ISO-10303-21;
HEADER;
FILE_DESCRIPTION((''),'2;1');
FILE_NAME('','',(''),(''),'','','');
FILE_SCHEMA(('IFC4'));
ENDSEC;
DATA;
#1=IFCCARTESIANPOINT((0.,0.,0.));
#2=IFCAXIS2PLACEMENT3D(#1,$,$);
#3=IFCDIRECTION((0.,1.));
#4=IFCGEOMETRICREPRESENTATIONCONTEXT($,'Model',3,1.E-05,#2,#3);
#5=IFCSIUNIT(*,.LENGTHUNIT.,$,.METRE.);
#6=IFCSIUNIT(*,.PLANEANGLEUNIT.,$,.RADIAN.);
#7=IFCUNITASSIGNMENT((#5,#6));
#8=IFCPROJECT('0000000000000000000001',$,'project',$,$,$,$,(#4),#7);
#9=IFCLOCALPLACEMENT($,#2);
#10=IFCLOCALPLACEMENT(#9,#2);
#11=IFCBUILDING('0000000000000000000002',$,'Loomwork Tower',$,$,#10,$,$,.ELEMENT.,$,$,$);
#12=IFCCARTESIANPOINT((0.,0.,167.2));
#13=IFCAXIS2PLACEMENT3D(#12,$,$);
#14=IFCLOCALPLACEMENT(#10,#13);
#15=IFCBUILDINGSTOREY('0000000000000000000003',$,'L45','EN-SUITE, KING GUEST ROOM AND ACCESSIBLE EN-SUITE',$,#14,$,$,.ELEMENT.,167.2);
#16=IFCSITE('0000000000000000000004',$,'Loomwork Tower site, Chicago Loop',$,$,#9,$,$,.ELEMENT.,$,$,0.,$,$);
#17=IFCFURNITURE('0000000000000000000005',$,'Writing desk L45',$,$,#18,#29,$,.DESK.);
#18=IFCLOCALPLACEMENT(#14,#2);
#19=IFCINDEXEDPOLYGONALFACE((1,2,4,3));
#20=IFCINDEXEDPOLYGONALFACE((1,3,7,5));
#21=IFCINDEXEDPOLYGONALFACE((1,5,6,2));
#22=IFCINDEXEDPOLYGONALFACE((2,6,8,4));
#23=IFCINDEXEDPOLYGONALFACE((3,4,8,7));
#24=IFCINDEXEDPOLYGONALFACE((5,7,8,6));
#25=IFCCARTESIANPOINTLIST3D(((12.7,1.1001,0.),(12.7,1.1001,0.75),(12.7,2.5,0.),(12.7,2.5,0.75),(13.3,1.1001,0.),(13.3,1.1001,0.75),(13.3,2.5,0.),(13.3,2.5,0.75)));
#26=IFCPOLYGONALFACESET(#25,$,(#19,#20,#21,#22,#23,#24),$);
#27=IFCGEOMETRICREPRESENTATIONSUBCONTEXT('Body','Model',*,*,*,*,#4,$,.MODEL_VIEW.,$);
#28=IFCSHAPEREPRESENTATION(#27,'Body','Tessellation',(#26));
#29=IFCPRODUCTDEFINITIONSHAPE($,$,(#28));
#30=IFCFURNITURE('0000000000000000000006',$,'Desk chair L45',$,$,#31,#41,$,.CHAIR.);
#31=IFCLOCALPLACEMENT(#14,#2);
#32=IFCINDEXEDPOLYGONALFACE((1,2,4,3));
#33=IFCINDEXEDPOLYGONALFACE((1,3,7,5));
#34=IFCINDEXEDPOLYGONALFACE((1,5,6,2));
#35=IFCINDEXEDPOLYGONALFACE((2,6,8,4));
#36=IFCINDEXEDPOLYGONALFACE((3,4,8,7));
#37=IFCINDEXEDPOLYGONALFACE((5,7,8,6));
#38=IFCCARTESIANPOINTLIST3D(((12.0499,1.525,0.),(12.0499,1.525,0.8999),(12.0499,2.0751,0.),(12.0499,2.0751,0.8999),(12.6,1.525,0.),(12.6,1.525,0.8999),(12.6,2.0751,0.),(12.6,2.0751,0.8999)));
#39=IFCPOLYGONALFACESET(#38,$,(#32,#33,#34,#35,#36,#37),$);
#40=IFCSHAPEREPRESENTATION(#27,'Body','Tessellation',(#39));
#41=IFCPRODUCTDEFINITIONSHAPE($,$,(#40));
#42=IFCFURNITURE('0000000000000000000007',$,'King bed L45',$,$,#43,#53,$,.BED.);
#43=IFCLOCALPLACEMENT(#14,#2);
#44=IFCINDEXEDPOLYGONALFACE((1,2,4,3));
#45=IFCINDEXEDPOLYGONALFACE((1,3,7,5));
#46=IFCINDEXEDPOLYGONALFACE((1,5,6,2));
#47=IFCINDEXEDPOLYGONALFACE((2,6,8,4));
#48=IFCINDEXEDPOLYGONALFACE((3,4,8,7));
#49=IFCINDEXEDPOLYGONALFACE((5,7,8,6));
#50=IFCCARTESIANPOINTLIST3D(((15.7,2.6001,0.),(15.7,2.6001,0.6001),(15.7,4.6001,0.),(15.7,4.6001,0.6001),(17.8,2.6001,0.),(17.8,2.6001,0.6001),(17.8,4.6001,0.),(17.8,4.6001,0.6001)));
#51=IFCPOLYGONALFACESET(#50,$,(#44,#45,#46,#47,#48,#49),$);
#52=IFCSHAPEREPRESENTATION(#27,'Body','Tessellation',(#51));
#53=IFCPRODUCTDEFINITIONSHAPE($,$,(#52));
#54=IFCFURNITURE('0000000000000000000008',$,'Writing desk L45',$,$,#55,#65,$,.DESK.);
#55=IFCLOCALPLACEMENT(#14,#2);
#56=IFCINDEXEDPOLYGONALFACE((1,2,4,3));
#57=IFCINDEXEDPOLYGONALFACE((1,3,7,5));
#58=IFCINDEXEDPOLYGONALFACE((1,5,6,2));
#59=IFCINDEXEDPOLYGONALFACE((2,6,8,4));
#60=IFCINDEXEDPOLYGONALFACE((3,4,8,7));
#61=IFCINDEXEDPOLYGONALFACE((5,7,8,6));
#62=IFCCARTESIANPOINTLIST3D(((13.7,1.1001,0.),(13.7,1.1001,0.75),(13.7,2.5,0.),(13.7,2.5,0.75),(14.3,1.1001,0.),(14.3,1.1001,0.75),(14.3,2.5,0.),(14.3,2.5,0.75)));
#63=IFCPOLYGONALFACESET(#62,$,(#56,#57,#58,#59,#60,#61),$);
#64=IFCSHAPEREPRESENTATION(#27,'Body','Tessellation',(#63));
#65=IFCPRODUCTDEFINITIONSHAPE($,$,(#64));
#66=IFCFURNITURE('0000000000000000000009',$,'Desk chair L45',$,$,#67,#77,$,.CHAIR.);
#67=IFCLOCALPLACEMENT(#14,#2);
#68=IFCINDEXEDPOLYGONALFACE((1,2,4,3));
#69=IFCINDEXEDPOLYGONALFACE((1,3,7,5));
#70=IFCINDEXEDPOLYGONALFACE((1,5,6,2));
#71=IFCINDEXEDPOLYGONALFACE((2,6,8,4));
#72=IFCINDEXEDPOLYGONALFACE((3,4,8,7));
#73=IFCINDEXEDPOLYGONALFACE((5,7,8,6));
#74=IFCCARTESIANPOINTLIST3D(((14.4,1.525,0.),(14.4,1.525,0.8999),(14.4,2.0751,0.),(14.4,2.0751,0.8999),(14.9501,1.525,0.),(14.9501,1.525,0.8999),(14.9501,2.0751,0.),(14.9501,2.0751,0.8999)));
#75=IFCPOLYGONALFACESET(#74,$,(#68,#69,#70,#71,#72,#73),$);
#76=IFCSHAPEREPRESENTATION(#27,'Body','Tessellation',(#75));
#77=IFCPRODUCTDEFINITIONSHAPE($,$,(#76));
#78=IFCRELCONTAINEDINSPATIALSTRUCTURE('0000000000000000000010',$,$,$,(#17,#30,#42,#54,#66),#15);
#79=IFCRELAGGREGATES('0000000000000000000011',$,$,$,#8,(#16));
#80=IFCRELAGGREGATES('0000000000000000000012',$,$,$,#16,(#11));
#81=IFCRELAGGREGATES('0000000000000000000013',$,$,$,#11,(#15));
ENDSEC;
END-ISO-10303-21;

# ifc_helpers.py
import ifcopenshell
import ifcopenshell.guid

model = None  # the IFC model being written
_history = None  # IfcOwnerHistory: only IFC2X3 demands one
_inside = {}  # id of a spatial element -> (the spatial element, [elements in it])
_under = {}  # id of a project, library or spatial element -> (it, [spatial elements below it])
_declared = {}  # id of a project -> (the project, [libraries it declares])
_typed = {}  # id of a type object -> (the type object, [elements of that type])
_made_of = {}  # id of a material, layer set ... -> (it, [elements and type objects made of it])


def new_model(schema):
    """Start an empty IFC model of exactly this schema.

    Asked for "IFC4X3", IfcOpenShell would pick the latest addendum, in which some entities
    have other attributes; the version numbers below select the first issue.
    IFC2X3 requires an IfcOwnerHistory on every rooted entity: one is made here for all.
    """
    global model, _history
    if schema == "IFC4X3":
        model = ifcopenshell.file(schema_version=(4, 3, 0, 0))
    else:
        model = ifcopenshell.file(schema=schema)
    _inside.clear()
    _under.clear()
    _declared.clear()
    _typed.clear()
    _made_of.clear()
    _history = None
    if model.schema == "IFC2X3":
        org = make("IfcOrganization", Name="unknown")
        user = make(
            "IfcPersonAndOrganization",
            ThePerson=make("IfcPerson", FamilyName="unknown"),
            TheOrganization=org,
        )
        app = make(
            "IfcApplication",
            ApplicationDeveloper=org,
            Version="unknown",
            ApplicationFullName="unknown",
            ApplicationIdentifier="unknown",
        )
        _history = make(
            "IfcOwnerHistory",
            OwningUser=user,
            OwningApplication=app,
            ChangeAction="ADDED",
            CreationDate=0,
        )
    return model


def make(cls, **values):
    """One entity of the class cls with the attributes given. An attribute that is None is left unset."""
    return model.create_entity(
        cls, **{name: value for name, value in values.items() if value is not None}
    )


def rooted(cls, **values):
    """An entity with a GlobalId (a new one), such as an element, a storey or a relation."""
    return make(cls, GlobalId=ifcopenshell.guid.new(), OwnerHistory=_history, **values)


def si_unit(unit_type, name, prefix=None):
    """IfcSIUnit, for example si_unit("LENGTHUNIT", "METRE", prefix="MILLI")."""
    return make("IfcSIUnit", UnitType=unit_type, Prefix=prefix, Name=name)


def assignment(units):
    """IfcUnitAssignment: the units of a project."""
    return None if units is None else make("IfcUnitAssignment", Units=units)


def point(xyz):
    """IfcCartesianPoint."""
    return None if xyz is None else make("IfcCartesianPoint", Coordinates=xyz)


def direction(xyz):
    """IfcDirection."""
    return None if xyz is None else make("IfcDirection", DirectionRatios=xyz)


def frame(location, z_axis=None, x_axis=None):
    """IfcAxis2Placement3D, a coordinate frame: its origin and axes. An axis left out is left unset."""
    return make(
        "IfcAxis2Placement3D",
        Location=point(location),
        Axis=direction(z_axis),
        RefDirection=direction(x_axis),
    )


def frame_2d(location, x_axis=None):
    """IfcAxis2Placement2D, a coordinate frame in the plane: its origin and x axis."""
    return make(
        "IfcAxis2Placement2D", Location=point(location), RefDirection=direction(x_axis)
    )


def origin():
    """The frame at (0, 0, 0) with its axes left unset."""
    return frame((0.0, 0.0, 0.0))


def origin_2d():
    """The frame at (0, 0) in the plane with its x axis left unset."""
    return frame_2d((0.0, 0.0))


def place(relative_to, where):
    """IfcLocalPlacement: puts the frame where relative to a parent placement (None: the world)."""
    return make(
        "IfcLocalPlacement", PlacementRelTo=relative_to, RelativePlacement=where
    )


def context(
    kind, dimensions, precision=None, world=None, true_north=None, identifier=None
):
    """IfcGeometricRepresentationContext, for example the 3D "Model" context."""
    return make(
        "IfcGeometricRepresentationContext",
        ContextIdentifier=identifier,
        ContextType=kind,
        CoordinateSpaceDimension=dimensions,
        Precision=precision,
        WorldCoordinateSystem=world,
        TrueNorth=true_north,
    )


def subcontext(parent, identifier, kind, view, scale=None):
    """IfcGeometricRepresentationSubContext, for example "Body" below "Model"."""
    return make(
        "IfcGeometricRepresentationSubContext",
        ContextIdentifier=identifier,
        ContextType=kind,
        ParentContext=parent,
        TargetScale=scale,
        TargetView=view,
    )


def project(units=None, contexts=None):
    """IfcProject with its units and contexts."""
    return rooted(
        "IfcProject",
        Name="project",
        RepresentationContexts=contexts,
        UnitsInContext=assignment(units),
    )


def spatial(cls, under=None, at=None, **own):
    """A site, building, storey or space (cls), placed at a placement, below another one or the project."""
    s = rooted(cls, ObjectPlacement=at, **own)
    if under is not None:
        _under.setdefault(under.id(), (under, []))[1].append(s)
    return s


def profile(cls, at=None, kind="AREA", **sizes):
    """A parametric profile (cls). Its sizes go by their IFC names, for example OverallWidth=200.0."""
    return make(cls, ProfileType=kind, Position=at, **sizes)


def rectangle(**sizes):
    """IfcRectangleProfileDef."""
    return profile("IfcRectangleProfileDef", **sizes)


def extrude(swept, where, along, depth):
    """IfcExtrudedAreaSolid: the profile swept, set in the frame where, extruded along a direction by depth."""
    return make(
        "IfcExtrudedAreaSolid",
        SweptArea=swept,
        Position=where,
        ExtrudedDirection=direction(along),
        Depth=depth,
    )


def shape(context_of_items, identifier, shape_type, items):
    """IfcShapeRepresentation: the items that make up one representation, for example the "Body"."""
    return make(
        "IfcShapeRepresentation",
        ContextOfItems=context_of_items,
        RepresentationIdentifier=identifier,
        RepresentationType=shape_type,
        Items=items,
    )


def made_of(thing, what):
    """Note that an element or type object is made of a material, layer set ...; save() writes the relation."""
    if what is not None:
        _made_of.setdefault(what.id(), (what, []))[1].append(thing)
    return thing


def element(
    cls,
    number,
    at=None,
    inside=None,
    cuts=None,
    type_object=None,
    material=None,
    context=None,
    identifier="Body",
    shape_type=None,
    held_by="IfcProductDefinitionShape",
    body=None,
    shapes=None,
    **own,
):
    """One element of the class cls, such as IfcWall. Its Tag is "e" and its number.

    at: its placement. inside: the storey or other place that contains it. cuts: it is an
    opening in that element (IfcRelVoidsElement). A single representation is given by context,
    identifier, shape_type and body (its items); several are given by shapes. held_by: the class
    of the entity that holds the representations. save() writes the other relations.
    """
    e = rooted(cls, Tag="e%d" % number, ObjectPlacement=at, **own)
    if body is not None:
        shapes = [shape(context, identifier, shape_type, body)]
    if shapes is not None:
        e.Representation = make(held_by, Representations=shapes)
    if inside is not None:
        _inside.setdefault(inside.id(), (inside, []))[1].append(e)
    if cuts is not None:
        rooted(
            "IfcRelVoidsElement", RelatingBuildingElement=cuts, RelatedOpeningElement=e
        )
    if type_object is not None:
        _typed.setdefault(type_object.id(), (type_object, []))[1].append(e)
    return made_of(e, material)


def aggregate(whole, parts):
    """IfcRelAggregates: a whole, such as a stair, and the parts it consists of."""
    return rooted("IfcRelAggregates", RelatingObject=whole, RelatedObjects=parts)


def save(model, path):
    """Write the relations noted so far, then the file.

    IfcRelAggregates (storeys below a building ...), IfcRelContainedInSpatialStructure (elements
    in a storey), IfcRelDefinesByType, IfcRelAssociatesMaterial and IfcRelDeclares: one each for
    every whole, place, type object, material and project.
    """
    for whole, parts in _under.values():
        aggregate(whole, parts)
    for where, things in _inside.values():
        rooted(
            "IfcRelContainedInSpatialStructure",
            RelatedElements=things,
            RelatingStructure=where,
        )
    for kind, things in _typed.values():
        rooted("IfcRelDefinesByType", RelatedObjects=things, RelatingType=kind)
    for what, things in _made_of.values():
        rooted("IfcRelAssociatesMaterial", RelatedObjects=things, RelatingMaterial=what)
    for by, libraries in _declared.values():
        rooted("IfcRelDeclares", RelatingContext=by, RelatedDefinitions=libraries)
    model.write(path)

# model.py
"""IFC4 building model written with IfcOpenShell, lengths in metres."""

from ifc_helpers import new_model, si_unit, direction, frame, origin, origin_2d, place, context, subcontext, project, spatial, rectangle, extrude, element, save


model = new_model("IFC4")

# Units and contexts
model_context = context("Model", 3, precision=1e-05, world=origin(), true_north=direction((0.0, 1.0)))
body_context = subcontext(model_context, "Body", "Model", "MODEL_VIEW")
ifc_project = project(units=[si_unit("LENGTHUNIT", "METRE"), si_unit("PLANEANGLEUNIT", "RADIAN")], contexts=[model_context])

# Site, building, storey
site_placement = place(None, origin())
site = spatial("IfcSite", under=ifc_project, at=site_placement, Name="Loomwork Tower site, Chicago Loop", CompositionType="ELEMENT", RefElevation=0.0)
building_placement = place(site_placement, origin())
building = spatial("IfcBuilding", under=site, at=building_placement, Name="Loomwork Tower", CompositionType="ELEMENT")
storey_placement = place(building_placement, frame((0.0, 0.0, 167.2)))
storey = spatial("IfcBuildingStorey", under=building, at=storey_placement, Name="L45", Description="EN-SUITE, KING GUEST ROOM AND ACCESSIBLE EN-SUITE", CompositionType="ELEMENT", Elevation=167.2)

# Furniture
furniture_1_placement = place(storey_placement, frame((13.0, 1.8, 0.0), z_axis=(0.0, 0.0, 1.0), x_axis=(1.0, 0.0, 0.0)))
element("IfcFurniture", 1, at=furniture_1_placement, inside=storey, Name="Writing desk L45", PredefinedType="DESK", context=body_context, shape_type="SweptSolid", body=[
    extrude(rectangle(XDim=0.6001, YDim=1.3999, at=origin_2d()), origin(), (0.0, 0.0, 1.0), 0.75),
])
furniture_2_placement = place(storey_placement, frame((12.325, 1.8, 0.0), z_axis=(0.0, 0.0, 1.0), x_axis=(1.0, 0.0, 0.0)))
element("IfcFurniture", 2, at=furniture_2_placement, inside=storey, Name="Desk chair L45", PredefinedType="CHAIR", context=body_context, shape_type="SweptSolid", body=[
    extrude(rectangle(XDim=0.55, YDim=0.55, at=origin_2d()), origin(), (0.0, 0.0, 1.0), 0.8999),
])
furniture_3_placement = place(storey_placement, frame((16.75, 3.6001, 0.0), z_axis=(0.0, 0.0, 1.0), x_axis=(1.0, 0.0, 0.0)))
element("IfcFurniture", 3, at=furniture_3_placement, inside=storey, Name="King bed L45", PredefinedType="BED", context=body_context, shape_type="SweptSolid", body=[
    extrude(rectangle(XDim=2.1001, YDim=2.0, at=origin_2d()), origin(), (0.0, 0.0, 1.0), 0.6001),
])
furniture_4_placement = place(storey_placement, frame((14.0, 1.8, 0.0), z_axis=(0.0, 0.0, 1.0), x_axis=(1.0, 0.0, 0.0)))
element("IfcFurniture", 4, at=furniture_4_placement, inside=storey, Name="Writing desk L45", PredefinedType="DESK", context=body_context, shape_type="SweptSolid", body=[
    extrude(rectangle(XDim=0.6001, YDim=1.3999, at=origin_2d()), origin(), (0.0, 0.0, 1.0), 0.75),
])
furniture_5_placement = place(storey_placement, frame((14.675, 1.8, 0.0), z_axis=(0.0, 0.0, 1.0), x_axis=(1.0, 0.0, 0.0)))
element("IfcFurniture", 5, at=furniture_5_placement, inside=storey, Name="Desk chair L45", PredefinedType="CHAIR", context=body_context, shape_type="SweptSolid", body=[
    extrude(rectangle(XDim=0.55, YDim=0.55, at=origin_2d()), origin(), (0.0, 0.0, 1.0), 0.8999),
])

save(model, "model.ifc")
